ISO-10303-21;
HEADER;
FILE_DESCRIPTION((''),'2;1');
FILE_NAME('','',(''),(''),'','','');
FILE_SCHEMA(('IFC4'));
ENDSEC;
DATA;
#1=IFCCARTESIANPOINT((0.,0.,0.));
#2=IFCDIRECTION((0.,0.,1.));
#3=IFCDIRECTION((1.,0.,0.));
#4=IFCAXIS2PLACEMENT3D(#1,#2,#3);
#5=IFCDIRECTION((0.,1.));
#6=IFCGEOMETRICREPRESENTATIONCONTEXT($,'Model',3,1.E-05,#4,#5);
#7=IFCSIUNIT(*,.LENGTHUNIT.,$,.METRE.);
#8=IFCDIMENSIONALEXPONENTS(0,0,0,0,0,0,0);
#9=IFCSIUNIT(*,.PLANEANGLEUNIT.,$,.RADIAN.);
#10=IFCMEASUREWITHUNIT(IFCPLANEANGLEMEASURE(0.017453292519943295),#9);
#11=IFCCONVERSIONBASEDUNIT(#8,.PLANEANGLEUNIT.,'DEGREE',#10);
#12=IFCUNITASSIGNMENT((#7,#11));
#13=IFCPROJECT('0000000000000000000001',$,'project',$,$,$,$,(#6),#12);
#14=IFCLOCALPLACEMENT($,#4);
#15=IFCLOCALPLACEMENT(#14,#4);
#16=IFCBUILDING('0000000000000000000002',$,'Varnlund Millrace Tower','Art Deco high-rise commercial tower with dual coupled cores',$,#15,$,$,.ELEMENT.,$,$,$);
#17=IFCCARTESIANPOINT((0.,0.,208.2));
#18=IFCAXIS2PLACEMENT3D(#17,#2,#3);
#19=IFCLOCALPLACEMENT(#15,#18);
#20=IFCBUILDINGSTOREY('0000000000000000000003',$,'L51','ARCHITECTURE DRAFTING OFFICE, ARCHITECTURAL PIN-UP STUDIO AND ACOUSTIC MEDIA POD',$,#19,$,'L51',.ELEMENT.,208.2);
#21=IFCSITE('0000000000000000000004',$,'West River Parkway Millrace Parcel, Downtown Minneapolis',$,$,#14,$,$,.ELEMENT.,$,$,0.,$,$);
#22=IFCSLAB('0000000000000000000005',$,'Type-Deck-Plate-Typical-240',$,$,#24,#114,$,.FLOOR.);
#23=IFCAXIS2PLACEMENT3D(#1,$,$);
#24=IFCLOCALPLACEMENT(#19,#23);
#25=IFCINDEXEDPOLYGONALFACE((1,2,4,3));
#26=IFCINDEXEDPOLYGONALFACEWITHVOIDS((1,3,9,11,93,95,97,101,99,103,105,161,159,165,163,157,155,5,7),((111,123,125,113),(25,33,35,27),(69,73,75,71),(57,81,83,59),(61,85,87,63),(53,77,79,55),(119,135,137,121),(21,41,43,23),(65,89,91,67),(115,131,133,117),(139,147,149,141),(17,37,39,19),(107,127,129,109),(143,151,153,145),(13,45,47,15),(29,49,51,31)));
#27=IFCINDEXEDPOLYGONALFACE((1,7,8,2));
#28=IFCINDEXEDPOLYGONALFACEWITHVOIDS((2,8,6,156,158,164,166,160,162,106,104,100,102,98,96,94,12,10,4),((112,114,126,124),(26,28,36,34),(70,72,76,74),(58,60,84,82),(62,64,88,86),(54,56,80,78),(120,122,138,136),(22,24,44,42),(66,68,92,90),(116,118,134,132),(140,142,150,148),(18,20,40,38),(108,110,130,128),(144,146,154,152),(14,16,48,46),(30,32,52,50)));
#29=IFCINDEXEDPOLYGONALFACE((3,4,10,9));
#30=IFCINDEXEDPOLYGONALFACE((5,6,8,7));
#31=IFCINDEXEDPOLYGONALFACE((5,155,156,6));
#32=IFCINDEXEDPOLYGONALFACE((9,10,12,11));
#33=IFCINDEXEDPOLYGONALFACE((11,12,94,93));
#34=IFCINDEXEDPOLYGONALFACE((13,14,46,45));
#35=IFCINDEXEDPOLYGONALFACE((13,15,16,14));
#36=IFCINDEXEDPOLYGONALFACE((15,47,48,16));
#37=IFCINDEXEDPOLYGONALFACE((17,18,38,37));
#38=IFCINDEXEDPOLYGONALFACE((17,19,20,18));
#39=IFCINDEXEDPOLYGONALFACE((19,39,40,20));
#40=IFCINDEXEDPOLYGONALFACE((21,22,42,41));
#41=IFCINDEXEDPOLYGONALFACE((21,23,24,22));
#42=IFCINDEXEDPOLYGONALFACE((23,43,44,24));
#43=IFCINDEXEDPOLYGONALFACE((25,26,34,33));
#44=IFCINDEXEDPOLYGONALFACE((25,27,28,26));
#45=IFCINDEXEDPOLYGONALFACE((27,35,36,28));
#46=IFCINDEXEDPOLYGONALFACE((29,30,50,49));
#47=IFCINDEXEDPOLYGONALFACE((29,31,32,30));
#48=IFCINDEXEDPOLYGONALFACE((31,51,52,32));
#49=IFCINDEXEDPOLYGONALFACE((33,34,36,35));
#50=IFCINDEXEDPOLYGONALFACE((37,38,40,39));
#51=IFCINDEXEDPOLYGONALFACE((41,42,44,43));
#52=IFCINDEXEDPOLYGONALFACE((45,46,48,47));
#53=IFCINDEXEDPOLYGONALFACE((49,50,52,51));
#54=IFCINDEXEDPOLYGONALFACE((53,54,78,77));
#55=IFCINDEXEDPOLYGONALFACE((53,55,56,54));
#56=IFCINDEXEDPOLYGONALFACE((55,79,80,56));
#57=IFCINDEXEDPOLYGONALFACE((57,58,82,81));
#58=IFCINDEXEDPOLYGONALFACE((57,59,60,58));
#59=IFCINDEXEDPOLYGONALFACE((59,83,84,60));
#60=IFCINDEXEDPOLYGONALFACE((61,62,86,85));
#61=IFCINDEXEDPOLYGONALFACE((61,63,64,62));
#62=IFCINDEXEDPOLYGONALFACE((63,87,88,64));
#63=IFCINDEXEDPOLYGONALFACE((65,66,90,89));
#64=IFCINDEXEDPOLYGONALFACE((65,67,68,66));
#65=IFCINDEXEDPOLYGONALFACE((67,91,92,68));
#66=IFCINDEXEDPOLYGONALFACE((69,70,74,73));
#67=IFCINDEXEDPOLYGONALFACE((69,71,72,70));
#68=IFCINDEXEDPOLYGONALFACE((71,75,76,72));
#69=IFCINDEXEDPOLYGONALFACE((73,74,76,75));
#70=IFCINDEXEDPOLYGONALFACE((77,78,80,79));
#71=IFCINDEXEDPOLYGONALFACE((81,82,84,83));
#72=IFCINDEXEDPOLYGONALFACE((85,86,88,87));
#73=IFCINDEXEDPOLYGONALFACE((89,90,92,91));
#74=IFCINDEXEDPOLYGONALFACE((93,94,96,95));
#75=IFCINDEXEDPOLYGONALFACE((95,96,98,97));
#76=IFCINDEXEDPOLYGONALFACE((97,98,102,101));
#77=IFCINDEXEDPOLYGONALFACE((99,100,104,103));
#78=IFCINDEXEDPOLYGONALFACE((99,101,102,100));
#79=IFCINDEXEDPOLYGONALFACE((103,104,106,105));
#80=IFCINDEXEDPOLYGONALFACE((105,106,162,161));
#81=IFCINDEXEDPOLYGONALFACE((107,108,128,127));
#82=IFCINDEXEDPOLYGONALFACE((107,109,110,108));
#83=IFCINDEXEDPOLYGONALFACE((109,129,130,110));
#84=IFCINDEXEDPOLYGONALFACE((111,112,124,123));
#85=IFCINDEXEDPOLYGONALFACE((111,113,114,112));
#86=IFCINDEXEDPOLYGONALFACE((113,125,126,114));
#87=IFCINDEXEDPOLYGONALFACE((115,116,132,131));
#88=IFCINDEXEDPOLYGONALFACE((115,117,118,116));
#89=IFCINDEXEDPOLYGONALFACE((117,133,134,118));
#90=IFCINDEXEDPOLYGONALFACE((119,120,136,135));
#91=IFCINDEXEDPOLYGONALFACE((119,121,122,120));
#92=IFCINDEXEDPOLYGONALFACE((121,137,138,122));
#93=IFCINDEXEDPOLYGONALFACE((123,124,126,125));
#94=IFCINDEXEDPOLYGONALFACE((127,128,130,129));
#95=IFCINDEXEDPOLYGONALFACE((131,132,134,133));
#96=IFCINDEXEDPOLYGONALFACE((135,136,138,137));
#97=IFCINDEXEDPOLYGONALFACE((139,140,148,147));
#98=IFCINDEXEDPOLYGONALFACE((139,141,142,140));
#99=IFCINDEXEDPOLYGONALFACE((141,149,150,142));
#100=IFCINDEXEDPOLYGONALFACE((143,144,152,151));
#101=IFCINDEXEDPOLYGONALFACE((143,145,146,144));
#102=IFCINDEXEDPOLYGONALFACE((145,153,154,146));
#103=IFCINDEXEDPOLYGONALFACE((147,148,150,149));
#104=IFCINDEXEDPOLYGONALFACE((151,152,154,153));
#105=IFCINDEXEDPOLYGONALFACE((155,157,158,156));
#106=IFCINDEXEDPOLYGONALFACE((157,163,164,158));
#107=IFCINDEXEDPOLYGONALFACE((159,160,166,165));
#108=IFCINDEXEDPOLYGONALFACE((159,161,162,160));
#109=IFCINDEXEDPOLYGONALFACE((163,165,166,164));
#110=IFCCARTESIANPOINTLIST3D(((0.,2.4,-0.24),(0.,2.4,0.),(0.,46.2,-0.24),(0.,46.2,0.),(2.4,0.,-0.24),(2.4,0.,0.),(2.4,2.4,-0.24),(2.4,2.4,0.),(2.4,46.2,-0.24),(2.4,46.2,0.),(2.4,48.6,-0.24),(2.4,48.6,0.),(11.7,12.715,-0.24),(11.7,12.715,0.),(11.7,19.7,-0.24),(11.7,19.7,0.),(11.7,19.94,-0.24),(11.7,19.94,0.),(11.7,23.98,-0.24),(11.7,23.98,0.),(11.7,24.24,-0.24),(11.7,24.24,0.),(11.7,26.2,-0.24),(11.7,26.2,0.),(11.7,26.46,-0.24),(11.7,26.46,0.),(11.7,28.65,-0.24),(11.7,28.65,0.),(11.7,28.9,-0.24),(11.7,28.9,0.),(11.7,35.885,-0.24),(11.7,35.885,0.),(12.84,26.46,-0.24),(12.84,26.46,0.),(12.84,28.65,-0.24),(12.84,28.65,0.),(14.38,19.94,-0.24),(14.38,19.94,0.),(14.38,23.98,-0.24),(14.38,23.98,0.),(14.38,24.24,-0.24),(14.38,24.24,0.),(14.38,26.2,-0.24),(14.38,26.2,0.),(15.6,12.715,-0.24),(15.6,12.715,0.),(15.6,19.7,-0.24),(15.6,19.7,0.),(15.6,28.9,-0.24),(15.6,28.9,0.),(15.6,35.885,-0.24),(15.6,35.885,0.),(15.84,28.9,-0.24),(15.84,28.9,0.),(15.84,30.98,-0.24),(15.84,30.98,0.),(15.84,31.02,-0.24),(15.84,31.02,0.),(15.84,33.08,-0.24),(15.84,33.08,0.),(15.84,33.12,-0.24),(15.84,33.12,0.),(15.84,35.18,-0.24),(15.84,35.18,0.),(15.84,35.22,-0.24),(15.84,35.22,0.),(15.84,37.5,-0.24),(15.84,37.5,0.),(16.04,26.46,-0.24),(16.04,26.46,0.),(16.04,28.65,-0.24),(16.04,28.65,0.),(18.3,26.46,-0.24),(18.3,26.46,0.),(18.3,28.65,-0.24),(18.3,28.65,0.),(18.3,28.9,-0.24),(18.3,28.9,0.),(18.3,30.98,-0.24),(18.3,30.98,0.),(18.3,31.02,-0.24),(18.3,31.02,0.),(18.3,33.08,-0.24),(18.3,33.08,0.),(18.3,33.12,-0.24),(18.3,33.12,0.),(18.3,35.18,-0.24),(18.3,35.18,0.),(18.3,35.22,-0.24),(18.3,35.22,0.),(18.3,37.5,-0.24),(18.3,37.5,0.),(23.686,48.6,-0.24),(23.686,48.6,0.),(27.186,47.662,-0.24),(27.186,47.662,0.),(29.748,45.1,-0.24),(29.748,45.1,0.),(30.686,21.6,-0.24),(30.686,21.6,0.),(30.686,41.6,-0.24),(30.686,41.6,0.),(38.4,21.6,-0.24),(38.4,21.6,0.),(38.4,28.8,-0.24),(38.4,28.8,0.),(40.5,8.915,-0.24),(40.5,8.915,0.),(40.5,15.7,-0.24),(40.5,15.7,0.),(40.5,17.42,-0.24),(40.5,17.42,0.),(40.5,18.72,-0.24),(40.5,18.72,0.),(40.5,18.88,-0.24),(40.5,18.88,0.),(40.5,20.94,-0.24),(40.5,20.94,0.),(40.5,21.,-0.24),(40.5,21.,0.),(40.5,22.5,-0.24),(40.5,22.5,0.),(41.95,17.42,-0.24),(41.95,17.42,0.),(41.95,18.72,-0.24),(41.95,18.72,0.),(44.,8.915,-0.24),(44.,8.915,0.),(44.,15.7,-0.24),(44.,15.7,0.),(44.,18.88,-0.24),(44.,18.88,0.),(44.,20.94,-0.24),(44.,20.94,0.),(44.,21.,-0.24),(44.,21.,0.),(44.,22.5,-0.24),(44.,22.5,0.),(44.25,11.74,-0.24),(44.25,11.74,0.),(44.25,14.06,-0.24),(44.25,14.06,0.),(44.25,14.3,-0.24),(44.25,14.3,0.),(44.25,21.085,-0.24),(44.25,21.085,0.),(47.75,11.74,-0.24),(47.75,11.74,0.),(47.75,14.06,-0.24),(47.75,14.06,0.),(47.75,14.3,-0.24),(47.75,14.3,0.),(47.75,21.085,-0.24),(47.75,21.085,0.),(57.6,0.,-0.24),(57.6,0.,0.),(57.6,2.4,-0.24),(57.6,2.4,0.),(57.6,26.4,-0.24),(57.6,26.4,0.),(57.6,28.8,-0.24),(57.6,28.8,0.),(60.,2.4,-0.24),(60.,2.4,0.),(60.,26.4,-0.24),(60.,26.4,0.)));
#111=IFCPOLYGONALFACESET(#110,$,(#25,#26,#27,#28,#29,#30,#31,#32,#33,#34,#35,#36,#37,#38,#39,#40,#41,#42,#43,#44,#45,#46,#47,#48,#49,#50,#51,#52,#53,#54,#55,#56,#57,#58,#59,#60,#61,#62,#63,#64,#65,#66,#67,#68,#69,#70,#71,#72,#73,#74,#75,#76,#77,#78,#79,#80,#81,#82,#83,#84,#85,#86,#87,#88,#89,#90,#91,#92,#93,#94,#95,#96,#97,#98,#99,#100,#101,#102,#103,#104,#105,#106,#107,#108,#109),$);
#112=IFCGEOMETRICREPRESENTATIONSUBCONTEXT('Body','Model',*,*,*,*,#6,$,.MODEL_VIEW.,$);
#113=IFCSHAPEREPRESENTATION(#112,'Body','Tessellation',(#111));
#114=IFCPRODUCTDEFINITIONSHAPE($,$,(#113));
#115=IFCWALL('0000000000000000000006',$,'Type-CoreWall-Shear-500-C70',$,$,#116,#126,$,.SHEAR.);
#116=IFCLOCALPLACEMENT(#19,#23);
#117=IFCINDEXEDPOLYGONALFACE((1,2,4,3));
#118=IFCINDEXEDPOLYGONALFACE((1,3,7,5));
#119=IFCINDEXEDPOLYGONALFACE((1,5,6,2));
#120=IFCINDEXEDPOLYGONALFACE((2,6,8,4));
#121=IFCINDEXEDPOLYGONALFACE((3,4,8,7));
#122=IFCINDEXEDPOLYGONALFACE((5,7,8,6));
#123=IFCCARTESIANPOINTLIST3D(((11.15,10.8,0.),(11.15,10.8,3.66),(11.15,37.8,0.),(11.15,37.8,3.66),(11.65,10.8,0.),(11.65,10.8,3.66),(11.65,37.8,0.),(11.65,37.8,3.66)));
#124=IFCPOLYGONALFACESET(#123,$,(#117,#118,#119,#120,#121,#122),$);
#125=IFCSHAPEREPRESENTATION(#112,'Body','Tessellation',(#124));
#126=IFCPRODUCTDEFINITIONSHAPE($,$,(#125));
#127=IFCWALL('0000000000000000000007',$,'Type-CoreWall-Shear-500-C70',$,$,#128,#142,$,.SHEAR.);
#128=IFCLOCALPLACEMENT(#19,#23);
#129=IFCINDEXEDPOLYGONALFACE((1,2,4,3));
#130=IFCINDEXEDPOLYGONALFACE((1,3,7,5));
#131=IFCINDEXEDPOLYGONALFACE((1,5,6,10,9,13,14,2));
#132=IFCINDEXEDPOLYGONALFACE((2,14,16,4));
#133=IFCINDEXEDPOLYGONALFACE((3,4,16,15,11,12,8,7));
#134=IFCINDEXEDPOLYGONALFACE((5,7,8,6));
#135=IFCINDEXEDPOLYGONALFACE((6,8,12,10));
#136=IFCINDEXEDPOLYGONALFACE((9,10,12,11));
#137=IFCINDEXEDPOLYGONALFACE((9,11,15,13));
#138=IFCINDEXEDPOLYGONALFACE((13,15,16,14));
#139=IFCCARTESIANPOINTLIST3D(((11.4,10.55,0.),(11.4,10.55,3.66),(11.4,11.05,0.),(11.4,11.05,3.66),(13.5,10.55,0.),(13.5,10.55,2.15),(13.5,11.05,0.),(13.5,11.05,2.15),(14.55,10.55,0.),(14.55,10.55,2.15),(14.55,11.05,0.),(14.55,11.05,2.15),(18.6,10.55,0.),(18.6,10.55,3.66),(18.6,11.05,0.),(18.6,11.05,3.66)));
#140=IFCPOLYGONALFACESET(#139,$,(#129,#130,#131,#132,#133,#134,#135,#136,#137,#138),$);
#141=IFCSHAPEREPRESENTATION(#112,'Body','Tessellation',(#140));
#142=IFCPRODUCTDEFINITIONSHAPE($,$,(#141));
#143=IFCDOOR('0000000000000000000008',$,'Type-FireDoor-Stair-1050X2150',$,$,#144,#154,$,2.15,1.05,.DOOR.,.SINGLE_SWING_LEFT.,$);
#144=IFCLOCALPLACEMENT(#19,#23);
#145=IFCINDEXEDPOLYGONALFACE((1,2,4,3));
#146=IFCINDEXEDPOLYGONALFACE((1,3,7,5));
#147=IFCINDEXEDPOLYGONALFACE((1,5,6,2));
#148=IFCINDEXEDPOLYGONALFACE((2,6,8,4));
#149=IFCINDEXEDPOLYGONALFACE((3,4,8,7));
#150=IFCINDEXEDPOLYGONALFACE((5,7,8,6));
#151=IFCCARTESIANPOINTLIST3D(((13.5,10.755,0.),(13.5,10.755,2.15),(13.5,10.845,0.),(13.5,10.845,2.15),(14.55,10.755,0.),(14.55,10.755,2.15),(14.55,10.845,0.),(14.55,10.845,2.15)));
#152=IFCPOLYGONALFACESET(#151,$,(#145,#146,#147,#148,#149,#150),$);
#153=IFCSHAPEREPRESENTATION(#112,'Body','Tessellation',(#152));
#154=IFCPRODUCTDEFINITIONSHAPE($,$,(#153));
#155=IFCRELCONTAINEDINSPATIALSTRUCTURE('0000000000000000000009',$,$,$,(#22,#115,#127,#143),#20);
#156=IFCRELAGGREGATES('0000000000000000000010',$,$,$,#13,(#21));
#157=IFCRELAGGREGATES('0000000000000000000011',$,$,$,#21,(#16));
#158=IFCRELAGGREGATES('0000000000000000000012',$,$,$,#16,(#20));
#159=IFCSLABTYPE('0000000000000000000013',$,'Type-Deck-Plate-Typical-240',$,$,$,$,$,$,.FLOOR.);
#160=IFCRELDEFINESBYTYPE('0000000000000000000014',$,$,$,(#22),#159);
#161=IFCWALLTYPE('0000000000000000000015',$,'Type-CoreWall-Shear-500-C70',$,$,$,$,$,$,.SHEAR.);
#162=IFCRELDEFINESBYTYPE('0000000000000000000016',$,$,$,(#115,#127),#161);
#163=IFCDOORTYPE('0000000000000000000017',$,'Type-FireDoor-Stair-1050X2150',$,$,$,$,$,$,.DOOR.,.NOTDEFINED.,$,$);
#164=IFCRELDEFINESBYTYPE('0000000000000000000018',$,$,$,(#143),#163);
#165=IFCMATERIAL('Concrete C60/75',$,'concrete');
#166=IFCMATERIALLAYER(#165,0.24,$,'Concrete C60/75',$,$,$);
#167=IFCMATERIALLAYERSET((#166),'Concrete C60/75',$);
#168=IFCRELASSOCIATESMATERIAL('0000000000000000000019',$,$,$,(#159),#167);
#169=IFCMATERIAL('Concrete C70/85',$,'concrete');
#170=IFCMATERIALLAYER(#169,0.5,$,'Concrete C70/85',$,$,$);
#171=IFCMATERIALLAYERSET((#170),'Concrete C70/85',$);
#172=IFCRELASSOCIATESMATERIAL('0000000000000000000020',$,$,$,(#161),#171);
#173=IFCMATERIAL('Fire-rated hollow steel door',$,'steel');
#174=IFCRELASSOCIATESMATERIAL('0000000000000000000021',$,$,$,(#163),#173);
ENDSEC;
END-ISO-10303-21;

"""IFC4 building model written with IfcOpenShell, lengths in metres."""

from ifc_helpers import new_model, entity, si_unit, converted_unit, direction, frame, origin_with_axes, origin_2d_with_axis, place, context, subcontext, project, spatial, polyline, rectangle, outline, extrude, material, layer, layer_set, type_object, element, fill, save


model = new_model("IFC4")

# Units and contexts
model_context = context("Model", 3, precision=1e-05, world=origin_with_axes(), true_north=direction((0.0, 1.0)))
body_context = subcontext(model_context, "Body", "Model", "MODEL_VIEW")
ifc_project = project(units=[si_unit("LENGTHUNIT", "METRE"), converted_unit("PLANEANGLEUNIT", "DEGREE", entity("IfcPlaneAngleMeasure", 0.017453292519943295), si_unit("PLANEANGLEUNIT", "RADIAN"), dimensions=[0, 0, 0, 0, 0, 0, 0])], contexts=[model_context])

# Site, building, storey
site_placement = place(None, origin_with_axes())
site = spatial("IfcSite", under=ifc_project, at=site_placement, Name="West River Parkway Millrace Parcel, Downtown Minneapolis", CompositionType="ELEMENT", RefElevation=0.0)
building_placement = place(site_placement, origin_with_axes())
building = spatial("IfcBuilding", under=site, at=building_placement, Name="Varnlund Millrace Tower", Description="Art Deco high-rise commercial tower with dual coupled cores", CompositionType="ELEMENT")
storey_placement = place(building_placement, frame((0.0, 0.0, 208.2), z_axis=(0.0, 0.0, 1.0), x_axis=(1.0, 0.0, 0.0)))
storey = spatial("IfcBuildingStorey", under=building, at=storey_placement, Name="L51", Description="ARCHITECTURE DRAFTING OFFICE, ARCHITECTURAL PIN-UP STUDIO AND ACOUSTIC MEDIA POD", LongName="L51", CompositionType="ELEMENT", Elevation=208.2)

# Slab
ifc_material_1 = material(Name="Concrete C60/75", Category="concrete")
ifc_layer_1 = layer(ifc_material_1, 0.24, Name="Concrete C60/75")
ifc_layer_set_1 = layer_set([ifc_layer_1], Name="Concrete C60/75")
slab_type = type_object("IfcSlabType", Name="Type-Deck-Plate-Typical-240", PredefinedType="FLOOR", material=ifc_layer_set_1)
slab_placement = place(storey_placement, frame((0.0, 0.0, -0.24), z_axis=(0.0, 0.0, 1.0), x_axis=(1.0, 0.0, 0.0)))
element("IfcSlab", 1, at=slab_placement, inside=storey, type_object=slab_type, Name="Type-Deck-Plate-Typical-240", PredefinedType="FLOOR", context=body_context, shape_type="SweptSolid", body=[
    extrude(outline(polyline([(30.686, 21.6), (30.686, 41.6), (29.748, 45.1), (27.186, 47.662), (23.686, 48.6), (2.4, 48.6), (2.4, 46.2), (0.0, 46.2), (0.0, 2.4), (2.4, 2.4), (2.4, 0.0), (57.6, 0.0), (57.6, 2.4), (60.0, 2.4), (60.0, 26.4), (57.6, 26.4), (57.6, 28.8), (38.4, 28.8), (38.4, 21.6), (30.686, 21.6)]), holes=[polyline([(15.6, 12.715), (11.7, 12.715), (11.7, 19.7), (15.6, 19.7), (15.6, 12.715)]), polyline([(14.38, 23.98), (14.38, 19.94), (11.7, 19.94), (11.7, 23.98), (14.38, 23.98)]), polyline([(14.38, 24.24), (11.7, 24.24), (11.7, 26.2), (14.38, 26.2), (14.38, 24.24)]), polyline([(12.84, 26.46), (11.7, 26.46), (11.7, 28.65), (12.84, 28.65), (12.84, 26.46)]), polyline([(18.3, 28.9), (15.84, 28.9), (15.84, 30.98), (18.3, 30.98), (18.3, 28.9)]), polyline([(18.3, 31.02), (15.84, 31.02), (15.84, 33.08), (18.3, 33.08), (18.3, 31.02)]), polyline([(15.6, 28.9), (11.7, 28.9), (11.7, 35.885), (15.6, 35.885), (15.6, 28.9)]), polyline([(18.3, 33.12), (15.84, 33.12), (15.84, 35.18), (18.3, 35.18), (18.3, 33.12)]), polyline([(44.0, 8.915), (40.5, 8.915), (40.5, 15.7), (44.0, 15.7), (44.0, 8.915)]), polyline([(47.75, 11.74), (44.25, 11.74), (44.25, 14.06), (47.75, 14.06), (47.75, 11.74)]), polyline([(47.75, 14.3), (44.25, 14.3), (44.25, 21.085), (47.75, 21.085), (47.75, 14.3)]), polyline([(41.95, 17.42), (40.5, 17.42), (40.5, 18.72), (41.95, 18.72), (41.95, 17.42)]), polyline([(44.0, 18.88), (40.5, 18.88), (40.5, 20.94), (44.0, 20.94), (44.0, 18.88)]), polyline([(44.0, 21.0), (40.5, 21.0), (40.5, 22.5), (44.0, 22.5), (44.0, 21.0)]), polyline([(16.04, 26.46), (16.04, 28.65), (18.3, 28.65), (18.3, 26.46), (16.04, 26.46)]), polyline([(15.84, 35.22), (15.84, 37.5), (18.3, 37.5), (18.3, 35.22), (15.84, 35.22)])]), origin_with_axes(), (0.0, 0.0, 1.0), 0.24),
])

# Wall
ifc_material_2 = material(Name="Concrete C70/85", Category="concrete")
ifc_layer_2 = layer(ifc_material_2, 0.5, Name="Concrete C70/85")
ifc_layer_set_2 = layer_set([ifc_layer_2], Name="Concrete C70/85")
wall_type_1 = type_object("IfcWallType", Name="Type-CoreWall-Shear-500-C70", PredefinedType="SHEAR", material=ifc_layer_set_2)
wall_1_placement = place(storey_placement, frame((11.4, 10.8, 0.0), z_axis=(0.0, 0.0, 1.0), x_axis=(0.0, 1.0, 0.0)))
element("IfcWall", 2, at=wall_1_placement, inside=storey, type_object=wall_type_1, Name="Type-CoreWall-Shear-500-C70", PredefinedType="SHEAR", context=body_context, shape_type="SweptSolid", body=[
    extrude(outline(polyline([(0.0, -0.25), (27.0, -0.25), (27.0, 0.25), (0.0, 0.25), (0.0, -0.25)])), origin_with_axes(), (0.0, 0.0, 1.0), 3.66),
])

# Wall, opening, door
wall_2_placement = place(storey_placement, frame((11.4, 10.8, 0.0), z_axis=(0.0, 0.0, 1.0), x_axis=(1.0, 0.0, 0.0)))
wall_2 = element("IfcWall", 3, at=wall_2_placement, inside=storey, type_object=wall_type_1, Name="Type-CoreWall-Shear-500-C70", PredefinedType="SHEAR", context=body_context, shape_type="SweptSolid", body=[
    extrude(outline(polyline([(0.0, -0.25), (7.2, -0.25), (7.2, 0.25), (0.0, 0.25), (0.0, -0.25)])), origin_with_axes(), (0.0, 0.0, 1.0), 3.66),
])
opening_1_placement = place(wall_2_placement, frame((2.625, 0.0, 0.0), z_axis=(0.0, 0.0, 1.0), x_axis=(1.0, 0.0, 0.0)))
opening_1 = element("IfcOpeningElement", 4, at=opening_1_placement, cuts=wall_2, PredefinedType="OPENING", context=body_context, shape_type="SweptSolid", body=[
    extrude(rectangle(XDim=1.05, YDim=0.52, at=origin_2d_with_axis()), origin_with_axes(), (0.0, 0.0, 1.0), 2.15),
])
ifc_material_3 = material(Name="Fire-rated hollow steel door", Category="steel")
door_type_1 = type_object("IfcDoorType", Name="Type-FireDoor-Stair-1050X2150", OperationType="NOTDEFINED", PredefinedType="DOOR", material=ifc_material_3)
door_1_placement = place(wall_2_placement, frame((2.625, 0.0, 0.0), z_axis=(0.0, 0.0, 1.0), x_axis=(1.0, 0.0, 0.0)))
door_1 = element("IfcDoor", 5, at=door_1_placement, inside=storey, type_object=door_type_1, Name="Type-FireDoor-Stair-1050X2150", OperationType="SINGLE_SWING_LEFT", OverallHeight=2.15, OverallWidth=1.05, PredefinedType="DOOR", context=body_context, shape_type="SweptSolid", body=[
    extrude(rectangle(XDim=1.05, YDim=0.09, at=origin_2d_with_axis()), origin_with_axes(), (0.0, 0.0, 1.0), 2.15),
])
fill(opening_1, door_1)

save(model, "model.ifc")
